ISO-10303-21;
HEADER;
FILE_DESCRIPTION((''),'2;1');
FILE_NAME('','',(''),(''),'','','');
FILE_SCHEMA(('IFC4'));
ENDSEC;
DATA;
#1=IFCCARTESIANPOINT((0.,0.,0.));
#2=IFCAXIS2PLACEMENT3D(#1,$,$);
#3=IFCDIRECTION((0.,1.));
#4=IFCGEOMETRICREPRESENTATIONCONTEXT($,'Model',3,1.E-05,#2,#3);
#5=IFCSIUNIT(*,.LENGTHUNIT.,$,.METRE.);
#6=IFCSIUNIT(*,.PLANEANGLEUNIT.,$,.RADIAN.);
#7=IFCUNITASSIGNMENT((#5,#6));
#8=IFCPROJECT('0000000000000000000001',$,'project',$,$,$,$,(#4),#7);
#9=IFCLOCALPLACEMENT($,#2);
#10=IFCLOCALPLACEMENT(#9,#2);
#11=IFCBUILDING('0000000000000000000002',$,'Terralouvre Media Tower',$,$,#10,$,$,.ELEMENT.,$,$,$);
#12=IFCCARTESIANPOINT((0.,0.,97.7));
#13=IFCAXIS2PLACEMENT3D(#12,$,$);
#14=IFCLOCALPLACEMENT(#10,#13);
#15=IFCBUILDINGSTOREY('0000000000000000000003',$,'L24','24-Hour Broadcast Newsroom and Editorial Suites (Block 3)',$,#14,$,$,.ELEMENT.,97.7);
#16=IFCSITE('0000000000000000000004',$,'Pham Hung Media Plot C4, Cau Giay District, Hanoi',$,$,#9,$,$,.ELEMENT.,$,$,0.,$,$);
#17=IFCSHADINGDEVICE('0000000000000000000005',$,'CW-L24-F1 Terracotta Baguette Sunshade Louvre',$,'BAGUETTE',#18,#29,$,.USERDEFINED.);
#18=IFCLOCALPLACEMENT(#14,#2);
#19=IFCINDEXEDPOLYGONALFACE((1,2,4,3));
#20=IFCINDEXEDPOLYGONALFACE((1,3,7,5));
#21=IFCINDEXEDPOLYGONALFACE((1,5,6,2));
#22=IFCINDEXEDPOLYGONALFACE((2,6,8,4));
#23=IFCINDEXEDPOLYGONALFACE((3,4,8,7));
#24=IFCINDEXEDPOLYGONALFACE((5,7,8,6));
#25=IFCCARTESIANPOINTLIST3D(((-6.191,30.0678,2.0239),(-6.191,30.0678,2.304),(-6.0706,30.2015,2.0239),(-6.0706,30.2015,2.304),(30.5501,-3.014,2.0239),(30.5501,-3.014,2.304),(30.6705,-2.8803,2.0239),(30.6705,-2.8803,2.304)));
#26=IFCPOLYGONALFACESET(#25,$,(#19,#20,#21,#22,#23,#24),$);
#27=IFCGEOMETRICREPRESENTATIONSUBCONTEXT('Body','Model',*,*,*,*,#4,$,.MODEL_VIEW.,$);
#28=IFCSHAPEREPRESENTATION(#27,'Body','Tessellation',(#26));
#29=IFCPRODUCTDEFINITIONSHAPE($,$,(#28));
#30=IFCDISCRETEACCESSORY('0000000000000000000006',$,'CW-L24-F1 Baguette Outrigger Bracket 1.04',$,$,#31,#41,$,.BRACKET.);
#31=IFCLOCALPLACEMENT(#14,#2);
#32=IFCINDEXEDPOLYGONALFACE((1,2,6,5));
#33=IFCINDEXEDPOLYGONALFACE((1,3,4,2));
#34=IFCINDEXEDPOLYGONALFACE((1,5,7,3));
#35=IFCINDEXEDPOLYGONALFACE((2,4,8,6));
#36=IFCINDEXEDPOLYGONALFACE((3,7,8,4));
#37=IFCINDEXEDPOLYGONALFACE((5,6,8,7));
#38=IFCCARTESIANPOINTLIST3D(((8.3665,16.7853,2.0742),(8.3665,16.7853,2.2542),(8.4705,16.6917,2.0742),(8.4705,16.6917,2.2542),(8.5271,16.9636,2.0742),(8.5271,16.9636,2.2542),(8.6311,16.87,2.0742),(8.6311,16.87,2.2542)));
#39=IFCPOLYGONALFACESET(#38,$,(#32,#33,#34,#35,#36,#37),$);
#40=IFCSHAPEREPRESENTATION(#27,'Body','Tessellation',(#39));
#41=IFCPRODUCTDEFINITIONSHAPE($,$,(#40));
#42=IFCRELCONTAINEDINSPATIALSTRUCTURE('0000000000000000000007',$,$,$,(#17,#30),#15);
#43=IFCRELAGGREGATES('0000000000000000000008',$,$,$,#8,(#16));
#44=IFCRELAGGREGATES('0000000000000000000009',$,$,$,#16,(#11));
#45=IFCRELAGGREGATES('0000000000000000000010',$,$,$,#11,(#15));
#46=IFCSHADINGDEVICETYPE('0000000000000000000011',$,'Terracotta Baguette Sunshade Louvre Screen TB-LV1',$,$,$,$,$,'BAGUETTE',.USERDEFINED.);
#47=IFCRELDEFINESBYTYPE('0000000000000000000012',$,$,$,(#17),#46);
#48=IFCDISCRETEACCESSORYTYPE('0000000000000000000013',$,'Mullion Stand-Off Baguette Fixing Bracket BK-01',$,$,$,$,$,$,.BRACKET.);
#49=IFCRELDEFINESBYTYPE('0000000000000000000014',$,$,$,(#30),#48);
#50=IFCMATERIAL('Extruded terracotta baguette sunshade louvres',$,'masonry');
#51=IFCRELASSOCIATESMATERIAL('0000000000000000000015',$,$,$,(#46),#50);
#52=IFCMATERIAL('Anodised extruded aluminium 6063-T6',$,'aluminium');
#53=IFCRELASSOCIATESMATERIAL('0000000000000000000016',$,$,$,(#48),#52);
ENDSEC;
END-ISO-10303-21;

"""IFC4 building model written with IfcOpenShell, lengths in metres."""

from ifc_helpers import new_model, si_unit, direction, frame, origin, origin_2d, place, context, subcontext, project, spatial, rectangle, extrude, material, type_object, element, save


model = new_model("IFC4")

# Units and contexts
model_context = context("Model", 3, precision=1e-05, world=origin(), true_north=direction((0.0, 1.0)))
body_context = subcontext(model_context, "Body", "Model", "MODEL_VIEW")
ifc_project = project(units=[si_unit("LENGTHUNIT", "METRE"), si_unit("PLANEANGLEUNIT", "RADIAN")], contexts=[model_context])

# Site, building, storey
site_placement = place(None, origin())
site = spatial("IfcSite", under=ifc_project, at=site_placement, Name="Pham Hung Media Plot C4, Cau Giay District, Hanoi", CompositionType="ELEMENT", RefElevation=0.0)
building_placement = place(site_placement, origin())
building = spatial("IfcBuilding", under=site, at=building_placement, Name="Terralouvre Media Tower", CompositionType="ELEMENT")
storey_placement = place(building_placement, frame((0.0, 0.0, 97.7)))
storey = spatial("IfcBuildingStorey", under=building, at=storey_placement, Name="L24", Description="24-Hour Broadcast Newsroom and Editorial Suites (Block 3)", CompositionType="ELEMENT", Elevation=97.7)

# Shading device
ifc_material_1 = material(Name="Extruded terracotta baguette sunshade louvres", Category="masonry")
shading_device_type = type_object("IfcShadingDeviceType", Name="Terracotta Baguette Sunshade Louvre Screen TB-LV1", ElementType="BAGUETTE", PredefinedType="USERDEFINED", material=ifc_material_1)
shading_device_placement = place(storey_placement, frame((12.2397, 13.5938, 2.0239), z_axis=(0.0, 0.0, 1.0), x_axis=(-0.743145, 0.669131, 0.0)))
element("IfcShadingDevice", 1, at=shading_device_placement, inside=storey, type_object=shading_device_type, Name="CW-L24-F1 Terracotta Baguette Sunshade Louvre", ObjectType="BAGUETTE", PredefinedType="USERDEFINED", context=body_context, shape_type="SweptSolid", body=[
    extrude(rectangle(XDim=49.4399, YDim=0.1799, at=origin_2d()), origin(), (0.0, 0.0, 1.0), 0.28),
])

# Discrete accessory
ifc_material_2 = material(Name="Anodised extruded aluminium 6063-T6", Category="aluminium")
discrete_accessory_type = type_object("IfcDiscreteAccessoryType", Name="Mullion Stand-Off Baguette Fixing Bracket BK-01", PredefinedType="BRACKET", material=ifc_material_2)
discrete_accessory_placement = place(storey_placement, frame((8.4988, 16.8276, 2.0742), z_axis=(0.0, 0.0, 1.0), x_axis=(-0.743145, 0.669131, 0.0)))
element("IfcDiscreteAccessory", 2, at=discrete_accessory_placement, inside=storey, type_object=discrete_accessory_type, Name="CW-L24-F1 Baguette Outrigger Bracket 1.04", PredefinedType="BRACKET", context=body_context, shape_type="SweptSolid", body=[
    extrude(rectangle(XDim=0.1399, YDim=0.24, at=origin_2d()), origin(), (0.0, 0.0, 1.0), 0.1799),
])

save(model, "model.ifc")
